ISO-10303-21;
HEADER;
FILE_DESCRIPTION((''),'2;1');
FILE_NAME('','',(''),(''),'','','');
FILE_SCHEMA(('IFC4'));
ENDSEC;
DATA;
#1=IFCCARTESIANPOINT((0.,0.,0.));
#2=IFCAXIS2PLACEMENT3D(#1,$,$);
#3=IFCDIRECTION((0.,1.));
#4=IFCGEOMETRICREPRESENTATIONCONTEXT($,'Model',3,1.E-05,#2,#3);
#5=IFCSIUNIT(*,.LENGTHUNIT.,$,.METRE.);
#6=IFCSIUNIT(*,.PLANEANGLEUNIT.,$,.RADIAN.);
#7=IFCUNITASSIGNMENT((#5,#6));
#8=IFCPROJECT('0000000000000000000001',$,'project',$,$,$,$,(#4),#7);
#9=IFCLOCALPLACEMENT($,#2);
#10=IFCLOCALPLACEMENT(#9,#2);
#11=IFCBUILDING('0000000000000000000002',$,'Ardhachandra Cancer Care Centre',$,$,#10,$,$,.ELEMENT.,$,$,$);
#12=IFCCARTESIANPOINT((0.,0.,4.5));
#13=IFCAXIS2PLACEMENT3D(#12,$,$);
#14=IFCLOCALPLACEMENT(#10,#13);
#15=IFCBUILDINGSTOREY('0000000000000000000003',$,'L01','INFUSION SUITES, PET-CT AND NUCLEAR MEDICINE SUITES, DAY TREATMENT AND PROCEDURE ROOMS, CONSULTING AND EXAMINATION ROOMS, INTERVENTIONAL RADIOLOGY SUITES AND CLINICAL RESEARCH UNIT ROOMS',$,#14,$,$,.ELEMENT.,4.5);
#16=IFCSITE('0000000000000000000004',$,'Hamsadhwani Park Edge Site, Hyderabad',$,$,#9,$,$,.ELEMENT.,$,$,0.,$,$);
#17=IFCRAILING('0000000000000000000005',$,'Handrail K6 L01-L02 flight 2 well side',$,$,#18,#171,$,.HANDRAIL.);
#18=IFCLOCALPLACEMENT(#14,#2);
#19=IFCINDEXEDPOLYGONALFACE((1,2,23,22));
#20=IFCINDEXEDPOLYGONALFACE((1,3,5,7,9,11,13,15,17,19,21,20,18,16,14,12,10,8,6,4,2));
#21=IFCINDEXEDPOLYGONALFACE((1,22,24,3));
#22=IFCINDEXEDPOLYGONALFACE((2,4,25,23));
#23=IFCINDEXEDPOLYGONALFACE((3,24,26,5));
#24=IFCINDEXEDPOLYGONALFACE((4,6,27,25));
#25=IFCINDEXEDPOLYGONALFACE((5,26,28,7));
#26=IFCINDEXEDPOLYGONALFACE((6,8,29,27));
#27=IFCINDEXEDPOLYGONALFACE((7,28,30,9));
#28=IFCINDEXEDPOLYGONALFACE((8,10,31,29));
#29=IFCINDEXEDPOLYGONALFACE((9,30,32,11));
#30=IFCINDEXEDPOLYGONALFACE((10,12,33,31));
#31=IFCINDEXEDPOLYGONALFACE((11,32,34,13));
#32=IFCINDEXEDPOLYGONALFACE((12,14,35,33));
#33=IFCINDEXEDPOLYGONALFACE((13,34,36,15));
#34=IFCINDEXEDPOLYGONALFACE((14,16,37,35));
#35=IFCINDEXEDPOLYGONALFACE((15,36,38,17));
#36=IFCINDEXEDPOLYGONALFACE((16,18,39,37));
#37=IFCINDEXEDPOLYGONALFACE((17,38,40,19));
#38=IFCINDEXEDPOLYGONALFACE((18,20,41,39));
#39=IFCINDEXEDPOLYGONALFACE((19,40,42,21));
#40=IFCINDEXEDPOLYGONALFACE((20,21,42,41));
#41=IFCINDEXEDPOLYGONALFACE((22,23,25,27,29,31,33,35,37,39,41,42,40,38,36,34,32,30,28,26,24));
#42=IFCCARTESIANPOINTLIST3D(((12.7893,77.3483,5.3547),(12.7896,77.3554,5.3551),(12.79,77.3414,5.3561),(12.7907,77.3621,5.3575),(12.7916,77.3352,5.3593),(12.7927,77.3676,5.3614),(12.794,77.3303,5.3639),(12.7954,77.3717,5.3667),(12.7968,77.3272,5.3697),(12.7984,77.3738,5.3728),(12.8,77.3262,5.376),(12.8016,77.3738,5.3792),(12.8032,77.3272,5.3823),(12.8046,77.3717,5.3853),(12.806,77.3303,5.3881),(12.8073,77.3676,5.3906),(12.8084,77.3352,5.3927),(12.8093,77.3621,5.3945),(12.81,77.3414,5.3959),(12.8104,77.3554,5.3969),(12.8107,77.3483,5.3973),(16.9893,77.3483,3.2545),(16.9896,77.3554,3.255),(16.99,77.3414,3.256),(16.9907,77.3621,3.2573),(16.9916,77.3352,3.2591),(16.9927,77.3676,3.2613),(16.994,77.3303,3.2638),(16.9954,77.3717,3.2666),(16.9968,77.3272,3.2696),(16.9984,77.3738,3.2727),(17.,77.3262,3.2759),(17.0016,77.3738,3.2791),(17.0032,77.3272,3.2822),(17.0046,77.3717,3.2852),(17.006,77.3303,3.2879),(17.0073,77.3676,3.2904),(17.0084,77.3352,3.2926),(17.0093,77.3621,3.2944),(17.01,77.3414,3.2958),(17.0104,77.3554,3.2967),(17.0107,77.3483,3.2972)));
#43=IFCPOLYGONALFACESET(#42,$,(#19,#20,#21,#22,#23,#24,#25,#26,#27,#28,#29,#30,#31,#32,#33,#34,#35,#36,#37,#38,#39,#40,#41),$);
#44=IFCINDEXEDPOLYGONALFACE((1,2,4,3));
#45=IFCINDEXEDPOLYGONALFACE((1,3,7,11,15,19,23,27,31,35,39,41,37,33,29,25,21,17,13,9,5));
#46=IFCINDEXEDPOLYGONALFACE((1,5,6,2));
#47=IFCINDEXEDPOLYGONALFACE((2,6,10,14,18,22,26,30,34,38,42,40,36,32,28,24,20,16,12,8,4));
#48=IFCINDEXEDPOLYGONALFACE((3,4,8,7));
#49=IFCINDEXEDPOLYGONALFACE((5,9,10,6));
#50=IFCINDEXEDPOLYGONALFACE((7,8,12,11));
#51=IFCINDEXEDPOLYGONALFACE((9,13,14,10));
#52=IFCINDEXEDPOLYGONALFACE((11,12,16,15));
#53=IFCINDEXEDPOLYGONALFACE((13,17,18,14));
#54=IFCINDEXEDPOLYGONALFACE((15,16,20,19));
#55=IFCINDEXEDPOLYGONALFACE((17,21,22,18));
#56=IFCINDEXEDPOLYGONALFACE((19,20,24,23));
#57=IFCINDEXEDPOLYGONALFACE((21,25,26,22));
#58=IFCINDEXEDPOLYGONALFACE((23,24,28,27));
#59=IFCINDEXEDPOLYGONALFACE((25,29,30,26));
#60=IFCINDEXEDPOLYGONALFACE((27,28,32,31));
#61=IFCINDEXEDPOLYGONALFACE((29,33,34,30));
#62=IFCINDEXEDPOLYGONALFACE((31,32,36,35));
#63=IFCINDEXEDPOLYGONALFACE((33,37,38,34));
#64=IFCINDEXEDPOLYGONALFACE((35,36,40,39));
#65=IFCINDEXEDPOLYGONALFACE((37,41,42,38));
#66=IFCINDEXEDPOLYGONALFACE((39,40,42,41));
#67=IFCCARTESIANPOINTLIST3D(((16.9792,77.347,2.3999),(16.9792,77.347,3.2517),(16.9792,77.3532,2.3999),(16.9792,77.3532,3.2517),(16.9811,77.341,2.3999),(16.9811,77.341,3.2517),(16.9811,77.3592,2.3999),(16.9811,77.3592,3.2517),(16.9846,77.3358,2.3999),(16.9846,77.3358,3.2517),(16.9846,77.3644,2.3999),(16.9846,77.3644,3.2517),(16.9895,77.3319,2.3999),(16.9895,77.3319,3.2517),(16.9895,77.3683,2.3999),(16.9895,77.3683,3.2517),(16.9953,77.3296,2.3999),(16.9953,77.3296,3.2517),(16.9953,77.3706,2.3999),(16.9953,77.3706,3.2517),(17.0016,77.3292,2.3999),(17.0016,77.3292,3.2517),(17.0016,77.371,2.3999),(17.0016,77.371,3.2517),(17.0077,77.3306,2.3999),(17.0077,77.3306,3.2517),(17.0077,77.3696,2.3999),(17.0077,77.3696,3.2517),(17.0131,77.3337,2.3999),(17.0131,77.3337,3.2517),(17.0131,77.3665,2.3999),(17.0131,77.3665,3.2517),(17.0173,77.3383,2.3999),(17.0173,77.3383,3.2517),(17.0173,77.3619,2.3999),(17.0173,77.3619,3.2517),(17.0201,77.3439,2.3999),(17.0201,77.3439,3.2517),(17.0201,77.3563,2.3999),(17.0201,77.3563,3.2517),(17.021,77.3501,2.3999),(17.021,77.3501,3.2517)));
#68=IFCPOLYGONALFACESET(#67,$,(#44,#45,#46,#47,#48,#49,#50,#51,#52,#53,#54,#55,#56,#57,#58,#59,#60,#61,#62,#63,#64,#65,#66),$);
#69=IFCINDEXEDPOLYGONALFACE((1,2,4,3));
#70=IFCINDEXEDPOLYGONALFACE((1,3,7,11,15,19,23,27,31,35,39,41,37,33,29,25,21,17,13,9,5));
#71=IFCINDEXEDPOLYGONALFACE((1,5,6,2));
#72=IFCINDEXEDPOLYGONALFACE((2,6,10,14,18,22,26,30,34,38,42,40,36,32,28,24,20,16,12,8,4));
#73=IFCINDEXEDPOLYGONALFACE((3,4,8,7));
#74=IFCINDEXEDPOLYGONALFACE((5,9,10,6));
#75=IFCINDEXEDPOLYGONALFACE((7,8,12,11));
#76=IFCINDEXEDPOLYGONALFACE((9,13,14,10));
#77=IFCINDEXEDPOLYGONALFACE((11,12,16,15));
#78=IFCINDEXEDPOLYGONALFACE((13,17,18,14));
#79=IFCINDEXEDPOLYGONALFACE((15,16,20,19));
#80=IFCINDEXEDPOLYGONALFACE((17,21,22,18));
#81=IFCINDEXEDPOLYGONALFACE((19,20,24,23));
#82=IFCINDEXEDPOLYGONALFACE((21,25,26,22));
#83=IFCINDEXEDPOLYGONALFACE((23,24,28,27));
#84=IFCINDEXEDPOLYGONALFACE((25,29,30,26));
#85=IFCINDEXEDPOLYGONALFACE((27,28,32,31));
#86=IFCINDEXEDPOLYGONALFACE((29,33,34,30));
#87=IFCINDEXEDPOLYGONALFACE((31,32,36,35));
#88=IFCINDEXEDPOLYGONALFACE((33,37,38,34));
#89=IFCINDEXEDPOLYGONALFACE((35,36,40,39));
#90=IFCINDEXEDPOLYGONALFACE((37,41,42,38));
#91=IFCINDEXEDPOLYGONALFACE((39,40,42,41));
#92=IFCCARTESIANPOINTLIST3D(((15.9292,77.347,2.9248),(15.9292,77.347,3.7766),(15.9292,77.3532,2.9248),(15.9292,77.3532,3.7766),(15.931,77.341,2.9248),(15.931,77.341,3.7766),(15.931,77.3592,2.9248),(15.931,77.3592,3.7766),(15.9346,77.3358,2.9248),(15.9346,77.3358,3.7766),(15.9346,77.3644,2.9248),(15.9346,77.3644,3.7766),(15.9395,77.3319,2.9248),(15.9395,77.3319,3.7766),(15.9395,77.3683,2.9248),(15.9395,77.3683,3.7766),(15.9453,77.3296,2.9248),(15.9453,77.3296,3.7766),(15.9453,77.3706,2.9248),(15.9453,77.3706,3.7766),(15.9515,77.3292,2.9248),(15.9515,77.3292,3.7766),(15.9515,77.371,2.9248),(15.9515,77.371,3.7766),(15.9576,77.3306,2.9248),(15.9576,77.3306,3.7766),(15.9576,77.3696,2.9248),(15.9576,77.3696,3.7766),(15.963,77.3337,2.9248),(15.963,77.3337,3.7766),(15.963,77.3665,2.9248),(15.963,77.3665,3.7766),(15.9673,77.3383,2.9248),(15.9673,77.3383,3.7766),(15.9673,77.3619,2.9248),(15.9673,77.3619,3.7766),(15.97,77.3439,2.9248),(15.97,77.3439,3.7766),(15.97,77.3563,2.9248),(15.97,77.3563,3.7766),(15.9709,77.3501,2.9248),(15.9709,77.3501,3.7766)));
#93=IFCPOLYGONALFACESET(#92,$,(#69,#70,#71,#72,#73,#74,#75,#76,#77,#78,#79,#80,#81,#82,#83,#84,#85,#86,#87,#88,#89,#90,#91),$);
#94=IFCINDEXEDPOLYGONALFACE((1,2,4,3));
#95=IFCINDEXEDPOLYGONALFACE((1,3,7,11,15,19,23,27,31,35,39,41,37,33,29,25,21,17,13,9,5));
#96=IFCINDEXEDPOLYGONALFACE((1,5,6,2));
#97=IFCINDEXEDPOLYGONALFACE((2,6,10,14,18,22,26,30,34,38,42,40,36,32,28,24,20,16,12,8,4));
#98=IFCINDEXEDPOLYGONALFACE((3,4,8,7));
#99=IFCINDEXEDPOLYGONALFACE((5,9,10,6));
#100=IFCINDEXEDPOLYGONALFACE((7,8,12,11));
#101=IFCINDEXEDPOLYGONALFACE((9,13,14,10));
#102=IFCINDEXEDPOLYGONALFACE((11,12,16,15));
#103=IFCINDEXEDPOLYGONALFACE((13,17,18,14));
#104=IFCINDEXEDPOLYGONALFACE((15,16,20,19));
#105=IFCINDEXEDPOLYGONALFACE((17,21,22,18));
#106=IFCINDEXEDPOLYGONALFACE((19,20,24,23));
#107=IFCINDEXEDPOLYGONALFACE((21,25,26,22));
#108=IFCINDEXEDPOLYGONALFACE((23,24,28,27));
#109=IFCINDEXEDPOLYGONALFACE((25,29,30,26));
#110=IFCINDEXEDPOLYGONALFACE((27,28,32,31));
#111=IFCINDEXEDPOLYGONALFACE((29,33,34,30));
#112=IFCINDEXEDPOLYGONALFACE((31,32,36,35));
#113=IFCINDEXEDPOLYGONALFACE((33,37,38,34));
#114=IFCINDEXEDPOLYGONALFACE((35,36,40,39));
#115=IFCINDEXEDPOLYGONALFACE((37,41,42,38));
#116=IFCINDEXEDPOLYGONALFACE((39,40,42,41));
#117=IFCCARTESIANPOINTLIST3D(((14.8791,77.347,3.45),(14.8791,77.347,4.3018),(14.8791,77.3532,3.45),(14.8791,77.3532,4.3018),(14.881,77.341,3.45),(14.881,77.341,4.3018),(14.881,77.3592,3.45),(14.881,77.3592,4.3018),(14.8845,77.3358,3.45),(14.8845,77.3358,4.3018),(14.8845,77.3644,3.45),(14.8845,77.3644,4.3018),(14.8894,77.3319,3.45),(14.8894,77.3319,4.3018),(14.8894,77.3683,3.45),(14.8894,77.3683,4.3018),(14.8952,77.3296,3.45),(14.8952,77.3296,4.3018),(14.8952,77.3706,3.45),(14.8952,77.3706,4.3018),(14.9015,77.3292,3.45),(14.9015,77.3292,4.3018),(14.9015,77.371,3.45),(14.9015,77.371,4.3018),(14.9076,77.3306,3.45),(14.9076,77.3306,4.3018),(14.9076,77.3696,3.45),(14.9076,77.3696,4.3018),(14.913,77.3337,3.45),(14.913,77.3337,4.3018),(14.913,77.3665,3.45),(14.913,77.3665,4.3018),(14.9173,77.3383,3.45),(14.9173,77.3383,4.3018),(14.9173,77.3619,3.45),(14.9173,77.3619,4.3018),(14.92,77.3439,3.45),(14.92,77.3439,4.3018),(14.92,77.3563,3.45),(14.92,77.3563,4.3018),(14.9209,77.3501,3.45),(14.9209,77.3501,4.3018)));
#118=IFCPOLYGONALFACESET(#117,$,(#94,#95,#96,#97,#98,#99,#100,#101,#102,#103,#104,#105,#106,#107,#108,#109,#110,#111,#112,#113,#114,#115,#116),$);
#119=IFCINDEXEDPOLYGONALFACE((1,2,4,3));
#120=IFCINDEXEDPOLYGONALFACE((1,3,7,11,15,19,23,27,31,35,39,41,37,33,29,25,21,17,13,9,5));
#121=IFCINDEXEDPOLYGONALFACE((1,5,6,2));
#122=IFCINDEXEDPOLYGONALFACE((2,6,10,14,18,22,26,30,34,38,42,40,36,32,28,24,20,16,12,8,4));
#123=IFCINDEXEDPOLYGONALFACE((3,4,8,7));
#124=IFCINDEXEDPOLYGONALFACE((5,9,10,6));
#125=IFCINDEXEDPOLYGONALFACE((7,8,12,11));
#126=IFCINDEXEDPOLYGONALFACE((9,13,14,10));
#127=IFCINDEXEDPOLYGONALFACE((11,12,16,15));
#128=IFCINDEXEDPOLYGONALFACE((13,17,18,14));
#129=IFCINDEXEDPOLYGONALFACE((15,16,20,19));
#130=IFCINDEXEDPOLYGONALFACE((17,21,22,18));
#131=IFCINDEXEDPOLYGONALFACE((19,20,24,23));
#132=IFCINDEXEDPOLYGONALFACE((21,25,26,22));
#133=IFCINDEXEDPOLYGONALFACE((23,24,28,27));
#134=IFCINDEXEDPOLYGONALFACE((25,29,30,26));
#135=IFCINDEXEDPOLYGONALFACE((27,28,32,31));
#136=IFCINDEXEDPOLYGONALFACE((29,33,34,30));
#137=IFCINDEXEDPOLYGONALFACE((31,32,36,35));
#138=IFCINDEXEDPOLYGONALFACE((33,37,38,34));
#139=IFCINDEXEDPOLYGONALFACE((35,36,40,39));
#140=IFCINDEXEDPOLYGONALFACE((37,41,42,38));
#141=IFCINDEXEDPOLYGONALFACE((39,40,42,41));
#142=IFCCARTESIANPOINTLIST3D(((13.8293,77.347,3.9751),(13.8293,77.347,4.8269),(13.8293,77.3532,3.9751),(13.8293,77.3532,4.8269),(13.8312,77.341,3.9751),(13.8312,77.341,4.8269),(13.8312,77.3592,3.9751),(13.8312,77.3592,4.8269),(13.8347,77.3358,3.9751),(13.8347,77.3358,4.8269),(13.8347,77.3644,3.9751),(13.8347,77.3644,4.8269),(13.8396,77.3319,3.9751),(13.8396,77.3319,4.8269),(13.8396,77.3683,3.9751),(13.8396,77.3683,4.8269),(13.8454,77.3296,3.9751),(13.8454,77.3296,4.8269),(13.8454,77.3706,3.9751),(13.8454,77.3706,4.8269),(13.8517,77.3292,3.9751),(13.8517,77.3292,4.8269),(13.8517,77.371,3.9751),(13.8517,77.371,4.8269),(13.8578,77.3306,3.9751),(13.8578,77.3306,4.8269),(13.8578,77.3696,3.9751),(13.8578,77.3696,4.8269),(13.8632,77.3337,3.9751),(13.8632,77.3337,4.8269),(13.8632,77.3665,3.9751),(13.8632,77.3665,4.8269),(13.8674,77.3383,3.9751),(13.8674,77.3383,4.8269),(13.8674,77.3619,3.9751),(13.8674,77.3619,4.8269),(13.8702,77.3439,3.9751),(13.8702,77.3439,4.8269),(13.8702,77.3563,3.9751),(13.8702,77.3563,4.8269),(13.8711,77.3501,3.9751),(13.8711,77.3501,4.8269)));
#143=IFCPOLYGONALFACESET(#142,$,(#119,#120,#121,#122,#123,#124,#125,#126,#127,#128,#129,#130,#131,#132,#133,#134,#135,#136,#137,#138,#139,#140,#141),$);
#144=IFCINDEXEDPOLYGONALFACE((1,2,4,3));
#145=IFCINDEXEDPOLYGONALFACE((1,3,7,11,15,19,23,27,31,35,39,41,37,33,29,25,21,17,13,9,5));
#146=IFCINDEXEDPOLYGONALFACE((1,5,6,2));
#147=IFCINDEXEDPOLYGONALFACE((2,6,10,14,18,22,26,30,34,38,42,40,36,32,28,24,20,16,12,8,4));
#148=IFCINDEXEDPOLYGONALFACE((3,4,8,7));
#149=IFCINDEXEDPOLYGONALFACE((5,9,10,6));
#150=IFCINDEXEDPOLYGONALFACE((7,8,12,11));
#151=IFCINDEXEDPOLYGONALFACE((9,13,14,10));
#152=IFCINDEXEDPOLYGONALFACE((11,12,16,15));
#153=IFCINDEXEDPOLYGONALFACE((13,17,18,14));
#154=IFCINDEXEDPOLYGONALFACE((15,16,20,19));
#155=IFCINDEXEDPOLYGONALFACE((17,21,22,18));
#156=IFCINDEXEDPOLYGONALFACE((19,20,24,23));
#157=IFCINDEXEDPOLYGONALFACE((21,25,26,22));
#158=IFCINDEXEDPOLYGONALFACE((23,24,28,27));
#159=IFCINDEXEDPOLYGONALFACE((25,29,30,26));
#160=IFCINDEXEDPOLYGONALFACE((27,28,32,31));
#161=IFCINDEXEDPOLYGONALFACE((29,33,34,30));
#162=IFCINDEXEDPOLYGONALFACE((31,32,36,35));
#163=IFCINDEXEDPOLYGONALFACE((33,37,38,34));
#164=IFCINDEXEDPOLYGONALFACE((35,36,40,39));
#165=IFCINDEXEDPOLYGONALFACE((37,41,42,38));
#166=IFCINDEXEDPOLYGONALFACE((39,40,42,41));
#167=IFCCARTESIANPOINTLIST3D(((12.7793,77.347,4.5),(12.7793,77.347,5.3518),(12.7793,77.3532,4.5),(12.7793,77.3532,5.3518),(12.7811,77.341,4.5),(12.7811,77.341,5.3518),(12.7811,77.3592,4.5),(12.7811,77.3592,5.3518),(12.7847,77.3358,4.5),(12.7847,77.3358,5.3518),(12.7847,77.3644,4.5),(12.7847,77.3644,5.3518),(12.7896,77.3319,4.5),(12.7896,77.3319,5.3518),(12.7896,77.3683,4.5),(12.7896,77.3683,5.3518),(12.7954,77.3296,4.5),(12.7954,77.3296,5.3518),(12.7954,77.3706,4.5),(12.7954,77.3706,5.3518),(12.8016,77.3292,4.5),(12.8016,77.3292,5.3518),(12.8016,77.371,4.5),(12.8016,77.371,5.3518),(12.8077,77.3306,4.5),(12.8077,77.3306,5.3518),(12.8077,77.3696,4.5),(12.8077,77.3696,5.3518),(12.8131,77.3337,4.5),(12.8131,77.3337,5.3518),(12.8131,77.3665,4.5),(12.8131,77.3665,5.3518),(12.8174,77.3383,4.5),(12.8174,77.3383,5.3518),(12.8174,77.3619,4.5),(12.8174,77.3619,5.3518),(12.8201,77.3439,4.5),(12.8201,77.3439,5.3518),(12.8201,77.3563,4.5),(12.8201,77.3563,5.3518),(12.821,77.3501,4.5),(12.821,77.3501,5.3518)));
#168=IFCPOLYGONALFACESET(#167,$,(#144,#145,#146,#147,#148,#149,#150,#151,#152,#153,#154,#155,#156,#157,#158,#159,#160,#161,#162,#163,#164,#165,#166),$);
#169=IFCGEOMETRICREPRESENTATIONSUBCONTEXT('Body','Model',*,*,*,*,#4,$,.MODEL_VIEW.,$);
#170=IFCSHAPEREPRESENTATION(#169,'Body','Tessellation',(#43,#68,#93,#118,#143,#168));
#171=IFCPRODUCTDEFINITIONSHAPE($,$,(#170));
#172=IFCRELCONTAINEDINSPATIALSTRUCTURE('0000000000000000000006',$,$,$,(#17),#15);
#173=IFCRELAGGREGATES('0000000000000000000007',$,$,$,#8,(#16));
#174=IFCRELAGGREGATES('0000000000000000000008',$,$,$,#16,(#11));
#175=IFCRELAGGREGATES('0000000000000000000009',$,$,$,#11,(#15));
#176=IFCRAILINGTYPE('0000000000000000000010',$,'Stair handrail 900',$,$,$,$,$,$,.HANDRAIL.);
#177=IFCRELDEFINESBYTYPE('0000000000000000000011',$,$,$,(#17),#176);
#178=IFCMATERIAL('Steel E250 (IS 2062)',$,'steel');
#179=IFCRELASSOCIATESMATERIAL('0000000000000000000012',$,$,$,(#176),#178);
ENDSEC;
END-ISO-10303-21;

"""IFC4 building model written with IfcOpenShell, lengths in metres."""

from ifc_helpers import new_model, si_unit, direction, frame, origin, origin_2d, place, context, subcontext, project, spatial, circle, extrude, material, type_object, element, save


model = new_model("IFC4")

# Units and contexts
model_context = context("Model", 3, precision=1e-05, world=origin(), true_north=direction((0.0, 1.0)))
body_context = subcontext(model_context, "Body", "Model", "MODEL_VIEW")
ifc_project = project(units=[si_unit("LENGTHUNIT", "METRE"), si_unit("PLANEANGLEUNIT", "RADIAN")], contexts=[model_context])

# Site, building, storey
site_placement = place(None, origin())
site = spatial("IfcSite", under=ifc_project, at=site_placement, Name="Hamsadhwani Park Edge Site, Hyderabad", CompositionType="ELEMENT", RefElevation=0.0)
building_placement = place(site_placement, origin())
building = spatial("IfcBuilding", under=site, at=building_placement, Name="Ardhachandra Cancer Care Centre", CompositionType="ELEMENT")
storey_placement = place(building_placement, frame((0.0, 0.0, 4.5)))
storey = spatial("IfcBuildingStorey", under=building, at=storey_placement, Name="L01", Description="INFUSION SUITES, PET-CT AND NUCLEAR MEDICINE SUITES, DAY TREATMENT AND PROCEDURE ROOMS, CONSULTING AND EXAMINATION ROOMS, INTERVENTIONAL RADIOLOGY SUITES AND CLINICAL RESEARCH UNIT ROOMS", CompositionType="ELEMENT", Elevation=4.5)

# Railing
ifc_material_1 = material(Name="Steel E250 (IS 2062)", Category="steel")
railing_type_1 = type_object("IfcRailingType", Name="Stair handrail 900", PredefinedType="HANDRAIL", material=ifc_material_1)
for number, where, name in (
    (1, (17.0, 77.3501, 2.3999), "Handrail K6 L01-L02 flight 2 well side"),
):
    element("IfcRailing", number, at=place(storey_placement, frame(where)), inside=storey, type_object=railing_type_1, Name=name, PredefinedType="HANDRAIL", context=body_context, shape_type="SweptSolid", body=[
        extrude(circle(Radius=0.0239, at=origin_2d()), frame((0.0, 0.0, 0.876), z_axis=(-0.894417, 0.0, 0.447234), x_axis=(0.0, -1.0, 0.0)), (0.0, 0.0, 1.0), 4.6958),
        extrude(circle(Radius=0.021, at=origin_2d()), origin(), (0.0, 0.0, 1.0), 0.8518),
        extrude(circle(Radius=0.021, at=origin_2d()), frame((-1.05, 0.0, 0.5249)), (0.0, 0.0, 1.0), 0.8518),
        extrude(circle(Radius=0.021, at=origin_2d()), frame((-2.1001, 0.0, 1.05)), (0.0, 0.0, 1.0), 0.8518),
        extrude(circle(Radius=0.021, at=origin_2d()), frame((-3.1499, 0.0, 1.5752)), (0.0, 0.0, 1.0), 0.8518),
        extrude(circle(Radius=0.021, at=origin_2d()), frame((-4.2, 0.0, 2.1001)), (0.0, 0.0, 1.0), 0.8518),
    ])

save(model, "model.ifc")
